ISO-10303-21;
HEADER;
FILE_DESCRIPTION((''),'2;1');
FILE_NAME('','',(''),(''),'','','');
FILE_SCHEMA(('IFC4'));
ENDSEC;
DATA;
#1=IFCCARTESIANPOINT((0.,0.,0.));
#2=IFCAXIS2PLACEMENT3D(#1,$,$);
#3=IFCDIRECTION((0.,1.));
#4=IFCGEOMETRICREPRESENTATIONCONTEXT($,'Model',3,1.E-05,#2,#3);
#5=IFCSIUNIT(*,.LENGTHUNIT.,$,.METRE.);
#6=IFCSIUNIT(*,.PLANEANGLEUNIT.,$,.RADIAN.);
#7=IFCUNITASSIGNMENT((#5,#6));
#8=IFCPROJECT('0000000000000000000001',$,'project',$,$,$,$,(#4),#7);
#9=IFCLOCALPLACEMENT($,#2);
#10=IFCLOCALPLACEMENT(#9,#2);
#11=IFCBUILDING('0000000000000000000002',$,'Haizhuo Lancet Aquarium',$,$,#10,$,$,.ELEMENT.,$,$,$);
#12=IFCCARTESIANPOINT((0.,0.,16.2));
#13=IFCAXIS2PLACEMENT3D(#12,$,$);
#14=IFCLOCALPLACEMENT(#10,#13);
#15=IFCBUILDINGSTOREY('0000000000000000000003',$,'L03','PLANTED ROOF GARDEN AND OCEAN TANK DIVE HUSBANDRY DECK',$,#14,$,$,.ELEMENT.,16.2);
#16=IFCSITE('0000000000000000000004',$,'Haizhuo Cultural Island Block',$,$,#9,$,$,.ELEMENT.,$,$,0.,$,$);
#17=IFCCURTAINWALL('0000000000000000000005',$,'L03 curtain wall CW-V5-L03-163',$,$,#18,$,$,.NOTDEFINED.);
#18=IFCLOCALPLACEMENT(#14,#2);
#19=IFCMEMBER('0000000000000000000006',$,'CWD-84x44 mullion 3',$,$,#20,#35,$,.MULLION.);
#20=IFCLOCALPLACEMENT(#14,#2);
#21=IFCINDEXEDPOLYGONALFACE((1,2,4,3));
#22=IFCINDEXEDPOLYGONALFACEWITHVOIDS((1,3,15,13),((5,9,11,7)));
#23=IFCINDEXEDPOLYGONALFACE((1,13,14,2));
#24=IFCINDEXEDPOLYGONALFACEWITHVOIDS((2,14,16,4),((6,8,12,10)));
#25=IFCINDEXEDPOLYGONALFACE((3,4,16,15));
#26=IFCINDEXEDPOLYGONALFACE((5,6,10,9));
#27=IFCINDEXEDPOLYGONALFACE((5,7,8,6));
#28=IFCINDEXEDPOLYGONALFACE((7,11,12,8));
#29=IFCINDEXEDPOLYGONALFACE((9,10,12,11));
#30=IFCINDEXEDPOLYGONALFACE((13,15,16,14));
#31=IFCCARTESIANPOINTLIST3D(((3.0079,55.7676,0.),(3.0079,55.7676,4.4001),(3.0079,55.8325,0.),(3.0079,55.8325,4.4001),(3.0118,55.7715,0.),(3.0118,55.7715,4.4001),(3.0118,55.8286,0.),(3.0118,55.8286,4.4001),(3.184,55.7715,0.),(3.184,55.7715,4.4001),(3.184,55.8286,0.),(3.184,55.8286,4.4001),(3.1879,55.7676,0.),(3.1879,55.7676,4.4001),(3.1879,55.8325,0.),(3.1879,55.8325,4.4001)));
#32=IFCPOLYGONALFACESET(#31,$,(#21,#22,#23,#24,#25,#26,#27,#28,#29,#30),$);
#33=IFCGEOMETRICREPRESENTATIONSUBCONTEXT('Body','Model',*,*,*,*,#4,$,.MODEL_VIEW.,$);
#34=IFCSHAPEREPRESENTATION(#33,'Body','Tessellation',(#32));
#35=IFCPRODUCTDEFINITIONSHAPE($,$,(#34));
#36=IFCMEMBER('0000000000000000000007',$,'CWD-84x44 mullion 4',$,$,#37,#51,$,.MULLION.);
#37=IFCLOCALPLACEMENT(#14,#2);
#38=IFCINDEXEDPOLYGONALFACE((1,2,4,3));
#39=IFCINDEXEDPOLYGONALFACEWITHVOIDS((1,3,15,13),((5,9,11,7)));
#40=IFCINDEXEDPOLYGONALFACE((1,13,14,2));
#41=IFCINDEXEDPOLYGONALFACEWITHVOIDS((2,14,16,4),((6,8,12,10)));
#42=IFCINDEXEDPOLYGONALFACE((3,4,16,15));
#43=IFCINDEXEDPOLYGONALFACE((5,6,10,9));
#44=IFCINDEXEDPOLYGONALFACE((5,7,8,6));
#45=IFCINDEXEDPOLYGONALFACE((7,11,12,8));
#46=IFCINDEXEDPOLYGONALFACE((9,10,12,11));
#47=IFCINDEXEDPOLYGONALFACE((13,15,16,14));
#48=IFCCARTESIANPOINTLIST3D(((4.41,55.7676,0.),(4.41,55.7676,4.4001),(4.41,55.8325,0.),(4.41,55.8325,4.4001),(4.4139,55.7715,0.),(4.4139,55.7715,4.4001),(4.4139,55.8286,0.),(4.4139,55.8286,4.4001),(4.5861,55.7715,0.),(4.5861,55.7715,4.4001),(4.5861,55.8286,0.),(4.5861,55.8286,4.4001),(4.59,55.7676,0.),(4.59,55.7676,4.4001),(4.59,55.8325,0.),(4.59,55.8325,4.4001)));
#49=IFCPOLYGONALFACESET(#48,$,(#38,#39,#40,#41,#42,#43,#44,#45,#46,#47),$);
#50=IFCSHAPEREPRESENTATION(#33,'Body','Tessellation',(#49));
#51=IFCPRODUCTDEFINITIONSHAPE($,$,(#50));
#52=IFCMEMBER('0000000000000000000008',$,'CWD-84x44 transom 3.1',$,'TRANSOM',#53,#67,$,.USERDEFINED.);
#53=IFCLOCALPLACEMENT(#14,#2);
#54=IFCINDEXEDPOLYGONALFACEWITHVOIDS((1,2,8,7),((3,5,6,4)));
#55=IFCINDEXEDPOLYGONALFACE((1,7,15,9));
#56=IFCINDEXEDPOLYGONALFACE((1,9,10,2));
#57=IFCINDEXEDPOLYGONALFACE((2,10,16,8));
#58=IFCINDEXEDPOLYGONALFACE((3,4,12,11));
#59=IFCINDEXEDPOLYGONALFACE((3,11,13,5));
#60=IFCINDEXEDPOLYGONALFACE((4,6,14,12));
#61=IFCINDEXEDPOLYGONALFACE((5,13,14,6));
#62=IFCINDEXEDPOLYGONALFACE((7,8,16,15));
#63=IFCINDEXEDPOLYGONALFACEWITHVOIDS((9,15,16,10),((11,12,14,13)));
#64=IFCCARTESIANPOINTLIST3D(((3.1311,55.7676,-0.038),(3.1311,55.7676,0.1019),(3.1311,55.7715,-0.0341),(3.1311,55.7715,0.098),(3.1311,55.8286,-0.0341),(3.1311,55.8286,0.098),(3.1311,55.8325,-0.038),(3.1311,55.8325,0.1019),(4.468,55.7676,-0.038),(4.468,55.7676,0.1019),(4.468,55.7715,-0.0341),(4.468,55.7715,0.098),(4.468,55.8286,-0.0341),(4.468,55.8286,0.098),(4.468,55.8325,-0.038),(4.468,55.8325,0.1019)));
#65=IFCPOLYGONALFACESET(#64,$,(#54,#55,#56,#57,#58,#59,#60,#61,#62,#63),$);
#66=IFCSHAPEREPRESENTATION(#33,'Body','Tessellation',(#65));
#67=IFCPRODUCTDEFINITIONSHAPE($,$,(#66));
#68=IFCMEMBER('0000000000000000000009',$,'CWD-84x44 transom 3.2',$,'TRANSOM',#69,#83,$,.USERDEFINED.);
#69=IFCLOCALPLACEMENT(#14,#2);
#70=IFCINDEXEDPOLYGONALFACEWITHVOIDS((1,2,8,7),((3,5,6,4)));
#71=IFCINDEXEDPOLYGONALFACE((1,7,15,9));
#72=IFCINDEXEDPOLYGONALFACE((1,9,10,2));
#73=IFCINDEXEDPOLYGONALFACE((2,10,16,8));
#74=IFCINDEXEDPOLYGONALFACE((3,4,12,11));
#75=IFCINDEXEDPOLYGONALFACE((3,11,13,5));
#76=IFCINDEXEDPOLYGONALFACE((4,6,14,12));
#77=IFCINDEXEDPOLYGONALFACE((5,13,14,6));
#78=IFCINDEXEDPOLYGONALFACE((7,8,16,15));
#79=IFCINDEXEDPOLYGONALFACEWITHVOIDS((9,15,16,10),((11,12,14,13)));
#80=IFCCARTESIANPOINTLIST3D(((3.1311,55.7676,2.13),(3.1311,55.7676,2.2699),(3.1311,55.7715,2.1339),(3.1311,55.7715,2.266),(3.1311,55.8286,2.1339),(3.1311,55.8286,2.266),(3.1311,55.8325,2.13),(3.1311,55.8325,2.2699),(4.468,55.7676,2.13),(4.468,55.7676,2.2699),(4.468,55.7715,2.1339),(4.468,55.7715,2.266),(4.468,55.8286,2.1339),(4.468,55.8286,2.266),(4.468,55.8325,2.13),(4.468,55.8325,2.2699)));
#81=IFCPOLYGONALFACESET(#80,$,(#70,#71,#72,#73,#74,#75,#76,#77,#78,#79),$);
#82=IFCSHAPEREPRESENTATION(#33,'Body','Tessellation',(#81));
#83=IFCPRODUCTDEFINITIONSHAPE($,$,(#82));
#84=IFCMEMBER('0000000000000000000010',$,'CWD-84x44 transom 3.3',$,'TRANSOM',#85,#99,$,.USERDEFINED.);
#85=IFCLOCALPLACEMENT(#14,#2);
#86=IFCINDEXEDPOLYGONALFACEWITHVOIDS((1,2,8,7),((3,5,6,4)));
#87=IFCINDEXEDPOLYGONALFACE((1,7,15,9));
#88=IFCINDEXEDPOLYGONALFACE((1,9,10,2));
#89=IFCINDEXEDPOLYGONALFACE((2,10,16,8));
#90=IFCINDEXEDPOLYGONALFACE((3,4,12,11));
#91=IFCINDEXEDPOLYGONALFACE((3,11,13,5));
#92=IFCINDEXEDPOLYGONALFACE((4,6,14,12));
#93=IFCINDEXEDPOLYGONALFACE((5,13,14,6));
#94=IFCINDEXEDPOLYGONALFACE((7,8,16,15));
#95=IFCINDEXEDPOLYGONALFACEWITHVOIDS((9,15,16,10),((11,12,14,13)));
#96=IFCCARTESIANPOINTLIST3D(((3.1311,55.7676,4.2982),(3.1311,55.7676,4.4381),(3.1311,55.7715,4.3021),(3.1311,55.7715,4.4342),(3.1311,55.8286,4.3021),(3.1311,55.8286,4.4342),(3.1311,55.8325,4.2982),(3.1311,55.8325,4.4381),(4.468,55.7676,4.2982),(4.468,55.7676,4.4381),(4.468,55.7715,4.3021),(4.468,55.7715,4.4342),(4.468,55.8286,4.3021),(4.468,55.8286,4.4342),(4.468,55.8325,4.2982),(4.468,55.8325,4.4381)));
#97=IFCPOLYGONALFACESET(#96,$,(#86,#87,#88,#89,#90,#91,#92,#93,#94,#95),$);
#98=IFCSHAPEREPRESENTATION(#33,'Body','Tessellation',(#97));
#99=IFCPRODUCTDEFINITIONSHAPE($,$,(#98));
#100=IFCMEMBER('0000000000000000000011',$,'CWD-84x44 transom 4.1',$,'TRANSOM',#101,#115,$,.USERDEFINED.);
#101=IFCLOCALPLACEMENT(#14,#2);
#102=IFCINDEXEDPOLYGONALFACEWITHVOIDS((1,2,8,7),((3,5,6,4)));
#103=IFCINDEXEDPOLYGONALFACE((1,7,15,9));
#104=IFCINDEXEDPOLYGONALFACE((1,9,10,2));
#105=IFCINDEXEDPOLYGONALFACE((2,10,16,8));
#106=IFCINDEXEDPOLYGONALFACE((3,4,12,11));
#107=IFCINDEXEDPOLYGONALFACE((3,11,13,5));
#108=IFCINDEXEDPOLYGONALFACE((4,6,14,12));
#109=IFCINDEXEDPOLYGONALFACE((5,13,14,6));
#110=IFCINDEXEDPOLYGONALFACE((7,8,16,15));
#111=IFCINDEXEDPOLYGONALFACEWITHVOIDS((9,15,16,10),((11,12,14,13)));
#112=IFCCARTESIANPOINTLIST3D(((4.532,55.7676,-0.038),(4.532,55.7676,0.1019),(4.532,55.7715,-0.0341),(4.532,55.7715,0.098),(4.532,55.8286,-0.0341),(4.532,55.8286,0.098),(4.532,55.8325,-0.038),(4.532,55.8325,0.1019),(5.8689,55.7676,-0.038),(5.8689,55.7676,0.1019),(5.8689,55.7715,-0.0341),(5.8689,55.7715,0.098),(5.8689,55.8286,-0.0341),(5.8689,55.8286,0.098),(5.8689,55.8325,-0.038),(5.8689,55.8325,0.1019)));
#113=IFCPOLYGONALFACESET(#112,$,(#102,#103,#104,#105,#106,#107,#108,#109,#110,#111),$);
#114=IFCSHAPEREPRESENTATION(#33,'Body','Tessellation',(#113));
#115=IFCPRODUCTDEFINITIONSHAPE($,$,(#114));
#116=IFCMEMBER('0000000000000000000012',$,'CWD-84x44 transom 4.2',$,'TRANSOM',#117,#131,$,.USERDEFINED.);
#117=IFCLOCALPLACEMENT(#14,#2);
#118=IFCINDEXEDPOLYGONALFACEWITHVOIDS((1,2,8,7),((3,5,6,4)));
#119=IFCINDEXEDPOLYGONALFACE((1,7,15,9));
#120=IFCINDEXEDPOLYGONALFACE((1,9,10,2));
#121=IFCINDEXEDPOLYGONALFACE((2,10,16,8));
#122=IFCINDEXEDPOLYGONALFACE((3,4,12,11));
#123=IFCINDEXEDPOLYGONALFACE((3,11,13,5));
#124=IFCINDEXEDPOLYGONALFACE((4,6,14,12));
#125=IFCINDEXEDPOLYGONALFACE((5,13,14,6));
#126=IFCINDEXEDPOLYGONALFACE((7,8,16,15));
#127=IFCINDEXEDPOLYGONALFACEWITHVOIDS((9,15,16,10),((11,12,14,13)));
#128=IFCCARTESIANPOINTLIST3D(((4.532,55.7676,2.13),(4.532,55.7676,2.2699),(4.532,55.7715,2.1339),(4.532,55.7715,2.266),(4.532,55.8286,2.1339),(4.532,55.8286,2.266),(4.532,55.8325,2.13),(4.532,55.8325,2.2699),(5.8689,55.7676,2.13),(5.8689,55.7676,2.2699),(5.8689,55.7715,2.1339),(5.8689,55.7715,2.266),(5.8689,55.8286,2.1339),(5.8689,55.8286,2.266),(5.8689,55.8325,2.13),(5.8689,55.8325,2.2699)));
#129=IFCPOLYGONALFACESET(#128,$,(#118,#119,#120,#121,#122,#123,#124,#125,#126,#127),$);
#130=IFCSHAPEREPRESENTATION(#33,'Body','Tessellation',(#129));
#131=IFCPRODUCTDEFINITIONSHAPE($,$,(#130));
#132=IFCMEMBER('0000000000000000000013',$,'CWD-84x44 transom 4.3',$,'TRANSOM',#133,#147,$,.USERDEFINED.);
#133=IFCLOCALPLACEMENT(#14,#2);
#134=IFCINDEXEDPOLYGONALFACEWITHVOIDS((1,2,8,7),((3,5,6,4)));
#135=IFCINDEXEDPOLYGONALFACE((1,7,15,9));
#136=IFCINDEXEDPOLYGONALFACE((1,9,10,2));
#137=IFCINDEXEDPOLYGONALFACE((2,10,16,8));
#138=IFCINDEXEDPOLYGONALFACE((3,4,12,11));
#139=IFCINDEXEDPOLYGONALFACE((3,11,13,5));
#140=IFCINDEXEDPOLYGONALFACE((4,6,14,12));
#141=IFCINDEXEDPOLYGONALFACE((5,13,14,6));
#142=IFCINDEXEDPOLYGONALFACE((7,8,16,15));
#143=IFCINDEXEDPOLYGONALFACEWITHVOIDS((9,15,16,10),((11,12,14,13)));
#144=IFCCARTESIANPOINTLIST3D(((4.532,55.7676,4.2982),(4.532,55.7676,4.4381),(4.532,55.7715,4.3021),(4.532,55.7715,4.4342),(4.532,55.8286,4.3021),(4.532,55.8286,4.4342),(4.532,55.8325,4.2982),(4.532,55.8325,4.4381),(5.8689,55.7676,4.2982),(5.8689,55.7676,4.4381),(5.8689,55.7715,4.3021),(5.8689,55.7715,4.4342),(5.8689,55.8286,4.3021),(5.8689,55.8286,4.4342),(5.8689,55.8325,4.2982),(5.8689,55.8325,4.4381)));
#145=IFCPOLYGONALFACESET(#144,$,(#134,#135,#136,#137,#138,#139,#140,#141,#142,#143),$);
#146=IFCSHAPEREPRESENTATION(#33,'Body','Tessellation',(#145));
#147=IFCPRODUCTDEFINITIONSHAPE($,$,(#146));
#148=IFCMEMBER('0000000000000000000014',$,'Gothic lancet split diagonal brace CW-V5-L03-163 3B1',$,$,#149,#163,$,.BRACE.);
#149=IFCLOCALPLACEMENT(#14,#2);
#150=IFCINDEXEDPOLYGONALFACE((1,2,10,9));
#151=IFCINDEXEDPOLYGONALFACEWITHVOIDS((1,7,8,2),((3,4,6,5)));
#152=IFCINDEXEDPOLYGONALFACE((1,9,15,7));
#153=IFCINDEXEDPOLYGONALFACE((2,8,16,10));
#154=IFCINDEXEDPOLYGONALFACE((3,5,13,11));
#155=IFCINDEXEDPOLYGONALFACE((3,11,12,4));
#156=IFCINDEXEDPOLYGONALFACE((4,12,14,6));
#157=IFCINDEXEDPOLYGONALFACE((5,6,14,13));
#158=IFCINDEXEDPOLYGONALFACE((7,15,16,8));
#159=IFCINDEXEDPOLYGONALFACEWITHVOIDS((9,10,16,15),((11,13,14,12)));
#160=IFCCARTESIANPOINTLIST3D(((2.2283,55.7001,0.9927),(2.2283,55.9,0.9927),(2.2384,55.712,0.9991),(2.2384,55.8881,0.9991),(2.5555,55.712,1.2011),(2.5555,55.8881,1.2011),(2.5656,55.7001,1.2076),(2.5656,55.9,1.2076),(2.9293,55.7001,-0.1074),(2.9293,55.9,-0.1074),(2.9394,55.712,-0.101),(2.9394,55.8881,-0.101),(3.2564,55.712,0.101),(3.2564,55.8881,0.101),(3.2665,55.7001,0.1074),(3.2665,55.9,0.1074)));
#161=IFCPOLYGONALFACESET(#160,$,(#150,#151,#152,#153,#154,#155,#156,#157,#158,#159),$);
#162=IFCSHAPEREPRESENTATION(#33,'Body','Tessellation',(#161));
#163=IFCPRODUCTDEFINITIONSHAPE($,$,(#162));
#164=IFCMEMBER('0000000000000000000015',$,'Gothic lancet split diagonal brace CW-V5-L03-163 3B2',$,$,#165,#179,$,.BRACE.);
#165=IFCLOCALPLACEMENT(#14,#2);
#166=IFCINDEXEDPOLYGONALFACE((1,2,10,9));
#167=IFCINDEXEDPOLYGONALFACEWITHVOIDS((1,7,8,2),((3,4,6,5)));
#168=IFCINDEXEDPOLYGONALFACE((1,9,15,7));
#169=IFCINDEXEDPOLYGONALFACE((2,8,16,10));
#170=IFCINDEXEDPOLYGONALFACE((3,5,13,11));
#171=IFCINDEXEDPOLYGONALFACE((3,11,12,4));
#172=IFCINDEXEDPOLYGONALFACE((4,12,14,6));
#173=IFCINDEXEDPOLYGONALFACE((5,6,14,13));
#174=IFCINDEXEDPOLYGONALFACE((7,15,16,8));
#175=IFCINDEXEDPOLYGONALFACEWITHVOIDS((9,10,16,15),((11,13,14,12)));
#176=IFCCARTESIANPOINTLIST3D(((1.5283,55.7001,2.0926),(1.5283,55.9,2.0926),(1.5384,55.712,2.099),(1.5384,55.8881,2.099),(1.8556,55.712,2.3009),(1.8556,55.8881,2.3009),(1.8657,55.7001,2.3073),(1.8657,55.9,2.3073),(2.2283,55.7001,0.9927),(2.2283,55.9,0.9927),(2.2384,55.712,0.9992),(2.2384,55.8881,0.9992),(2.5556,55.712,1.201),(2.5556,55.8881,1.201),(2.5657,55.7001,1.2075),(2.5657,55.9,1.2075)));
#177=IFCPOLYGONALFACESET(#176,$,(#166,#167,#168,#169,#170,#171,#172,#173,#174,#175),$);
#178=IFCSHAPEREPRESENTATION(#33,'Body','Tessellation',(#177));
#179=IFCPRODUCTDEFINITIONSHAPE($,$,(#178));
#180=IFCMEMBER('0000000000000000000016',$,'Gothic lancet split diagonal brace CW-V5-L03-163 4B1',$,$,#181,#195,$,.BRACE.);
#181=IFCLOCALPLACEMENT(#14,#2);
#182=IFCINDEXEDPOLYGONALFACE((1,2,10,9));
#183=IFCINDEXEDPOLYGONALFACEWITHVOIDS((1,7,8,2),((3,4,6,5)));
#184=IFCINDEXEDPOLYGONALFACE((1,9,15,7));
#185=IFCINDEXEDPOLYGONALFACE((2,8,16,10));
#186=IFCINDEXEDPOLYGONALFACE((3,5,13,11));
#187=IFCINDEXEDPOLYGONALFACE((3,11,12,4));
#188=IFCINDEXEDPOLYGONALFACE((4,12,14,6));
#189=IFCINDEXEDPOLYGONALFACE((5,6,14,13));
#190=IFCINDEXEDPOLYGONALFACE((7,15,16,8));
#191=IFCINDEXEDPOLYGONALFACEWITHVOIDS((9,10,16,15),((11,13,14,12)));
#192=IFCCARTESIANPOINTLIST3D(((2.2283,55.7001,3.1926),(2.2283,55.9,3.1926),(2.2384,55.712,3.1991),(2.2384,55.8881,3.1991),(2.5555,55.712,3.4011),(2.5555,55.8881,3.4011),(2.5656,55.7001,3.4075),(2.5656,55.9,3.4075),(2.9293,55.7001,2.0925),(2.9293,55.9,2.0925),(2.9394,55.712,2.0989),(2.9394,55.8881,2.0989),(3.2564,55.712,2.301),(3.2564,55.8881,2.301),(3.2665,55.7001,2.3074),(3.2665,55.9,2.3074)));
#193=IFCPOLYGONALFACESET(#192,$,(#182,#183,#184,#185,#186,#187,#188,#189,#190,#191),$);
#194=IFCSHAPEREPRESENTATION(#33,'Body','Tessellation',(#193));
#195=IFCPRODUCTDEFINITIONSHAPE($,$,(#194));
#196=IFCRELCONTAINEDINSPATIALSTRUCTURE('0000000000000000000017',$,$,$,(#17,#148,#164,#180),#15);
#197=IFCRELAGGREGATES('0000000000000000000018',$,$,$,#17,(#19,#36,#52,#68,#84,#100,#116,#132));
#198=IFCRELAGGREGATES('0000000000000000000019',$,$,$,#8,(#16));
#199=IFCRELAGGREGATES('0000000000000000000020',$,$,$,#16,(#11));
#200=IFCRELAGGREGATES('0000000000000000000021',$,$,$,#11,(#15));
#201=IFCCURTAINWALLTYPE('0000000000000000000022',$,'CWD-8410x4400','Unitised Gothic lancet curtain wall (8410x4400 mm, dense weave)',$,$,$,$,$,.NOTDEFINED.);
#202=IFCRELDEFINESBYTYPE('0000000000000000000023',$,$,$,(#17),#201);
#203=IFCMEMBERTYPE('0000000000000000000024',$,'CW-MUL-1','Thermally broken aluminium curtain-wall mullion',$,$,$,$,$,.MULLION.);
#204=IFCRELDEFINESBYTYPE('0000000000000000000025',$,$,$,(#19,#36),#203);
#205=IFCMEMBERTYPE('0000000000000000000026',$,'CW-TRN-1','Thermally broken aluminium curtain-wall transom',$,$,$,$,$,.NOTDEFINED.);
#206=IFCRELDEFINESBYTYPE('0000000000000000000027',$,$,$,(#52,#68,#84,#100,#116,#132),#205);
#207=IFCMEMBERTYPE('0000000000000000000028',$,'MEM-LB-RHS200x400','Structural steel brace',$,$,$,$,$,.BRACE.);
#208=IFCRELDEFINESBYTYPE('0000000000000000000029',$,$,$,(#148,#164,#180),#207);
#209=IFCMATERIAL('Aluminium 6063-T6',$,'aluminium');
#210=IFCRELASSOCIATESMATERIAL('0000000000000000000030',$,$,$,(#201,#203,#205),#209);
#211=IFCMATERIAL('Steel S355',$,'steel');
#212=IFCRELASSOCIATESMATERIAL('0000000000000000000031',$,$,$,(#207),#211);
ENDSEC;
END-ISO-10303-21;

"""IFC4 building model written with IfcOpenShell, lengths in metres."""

from ifc_helpers import new_model, si_unit, direction, frame, origin, origin_2d, place, context, subcontext, project, spatial, hollow_rectangle, extrude, material, material_profile, profile_set, type_object, element, aggregate, save


model = new_model("IFC4")

# Units and contexts
model_context = context("Model", 3, precision=1e-05, world=origin(), true_north=direction((0.0, 1.0)))
body_context = subcontext(model_context, "Body", "Model", "MODEL_VIEW")
ifc_project = project(units=[si_unit("LENGTHUNIT", "METRE"), si_unit("PLANEANGLEUNIT", "RADIAN")], contexts=[model_context])

# Site, building, storey
site_placement = place(None, origin())
site = spatial("IfcSite", under=ifc_project, at=site_placement, Name="Haizhuo Cultural Island Block", CompositionType="ELEMENT", RefElevation=0.0)
building_placement = place(site_placement, origin())
building = spatial("IfcBuilding", under=site, at=building_placement, Name="Haizhuo Lancet Aquarium", CompositionType="ELEMENT")
storey_placement = place(building_placement, frame((0.0, 0.0, 16.2)))
storey = spatial("IfcBuildingStorey", under=building, at=storey_placement, Name="L03", Description="PLANTED ROOF GARDEN AND OCEAN TANK DIVE HUSBANDRY DECK", CompositionType="ELEMENT", Elevation=16.2)

# Curtain wall, members
ifc_material_1 = material(Name="Aluminium 6063-T6", Category="aluminium")
curtain_wall_type = type_object("IfcCurtainWallType", Name="CWD-8410x4400", Description="Unitised Gothic lancet curtain wall (8410x4400 mm, dense weave)", PredefinedType="NOTDEFINED", material=ifc_material_1)
curtain_wall_placement = place(storey_placement, origin())
curtain_wall = element("IfcCurtainWall", 1, at=curtain_wall_placement, inside=storey, type_object=curtain_wall_type, Name="L03 curtain wall CW-V5-L03-163", PredefinedType="NOTDEFINED")
ifc_material_profile_1 = material_profile(ifc_material_1, hollow_rectangle(XDim=0.0649, YDim=0.1799, WallThickness=0.0039, at=origin_2d()), Name="ALU-M 65x180x4")
ifc_profile_set_1 = profile_set([ifc_material_profile_1], Name="Aluminium 6063-T6")
member_type_1 = type_object("IfcMemberType", Name="CW-MUL-1", Description="Thermally broken aluminium curtain-wall mullion", PredefinedType="MULLION", material=ifc_profile_set_1)
member_1_placement = place(storey_placement, frame((3.0979, 55.8, 0.0), z_axis=(0.0, 0.0, 1.0), x_axis=(0.0, 1.0, 0.0)))
member_1 = element("IfcMember", 2, at=member_1_placement, type_object=member_type_1, Name="CWD-84x44 mullion 3", PredefinedType="MULLION", context=body_context, shape_type="SweptSolid", body=[
    extrude(hollow_rectangle(XDim=0.0649, YDim=0.1799, WallThickness=0.0039, at=origin_2d()), origin(), (0.0, 0.0, 1.0), 4.4001),
])
member_2_placement = place(storey_placement, frame((4.5, 55.8, 0.0), z_axis=(0.0, 0.0, 1.0), x_axis=(0.0, 1.0, 0.0)))
member_2 = element("IfcMember", 3, at=member_2_placement, type_object=member_type_1, Name="CWD-84x44 mullion 4", PredefinedType="MULLION", context=body_context, shape_type="SweptSolid", body=[
    extrude(hollow_rectangle(XDim=0.0649, YDim=0.1799, WallThickness=0.0039, at=origin_2d()), origin(), (0.0, 0.0, 1.0), 4.4001),
])
ifc_material_profile_2 = material_profile(ifc_material_1, hollow_rectangle(XDim=0.0649, YDim=0.1399, WallThickness=0.0039, at=origin_2d()), Name="ALU-T 65x140x4")
ifc_profile_set_2 = profile_set([ifc_material_profile_2], Name="Aluminium 6063-T6")
member_type_2 = type_object("IfcMemberType", Name="CW-TRN-1", Description="Thermally broken aluminium curtain-wall transom", PredefinedType="NOTDEFINED", material=ifc_profile_set_2)
member_3_placement = place(storey_placement, frame((3.1311, 55.8, 0.032), z_axis=(1.0, 0.0, 0.0), x_axis=(0.0, 1.0, 0.0)))
member_3 = element("IfcMember", 4, at=member_3_placement, type_object=member_type_2, Name="CWD-84x44 transom 3.1", ObjectType="TRANSOM", PredefinedType="USERDEFINED", context=body_context, shape_type="SweptSolid", body=[
    extrude(hollow_rectangle(XDim=0.0649, YDim=0.1399, WallThickness=0.0039, at=origin_2d()), origin(), (0.0, 0.0, 1.0), 1.3369),
])
member_4_placement = place(storey_placement, frame((3.1311, 55.8, 2.2), z_axis=(1.0, 0.0, 0.0), x_axis=(0.0, 1.0, 0.0)))
member_4 = element("IfcMember", 5, at=member_4_placement, type_object=member_type_2, Name="CWD-84x44 transom 3.2", ObjectType="TRANSOM", PredefinedType="USERDEFINED", context=body_context, shape_type="SweptSolid", body=[
    extrude(hollow_rectangle(XDim=0.0649, YDim=0.1399, WallThickness=0.0039, at=origin_2d()), origin(), (0.0, 0.0, 1.0), 1.3369),
])
member_5_placement = place(storey_placement, frame((3.1311, 55.8, 4.3682), z_axis=(1.0, 0.0, 0.0), x_axis=(0.0, 1.0, 0.0)))
member_5 = element("IfcMember", 6, at=member_5_placement, type_object=member_type_2, Name="CWD-84x44 transom 3.3", ObjectType="TRANSOM", PredefinedType="USERDEFINED", context=body_context, shape_type="SweptSolid", body=[
    extrude(hollow_rectangle(XDim=0.0649, YDim=0.1399, WallThickness=0.0039, at=origin_2d()), origin(), (0.0, 0.0, 1.0), 1.3369),
])
member_6_placement = place(storey_placement, frame((4.532, 55.8, 0.032), z_axis=(1.0, 0.0, 0.0), x_axis=(0.0, 1.0, 0.0)))
member_6 = element("IfcMember", 7, at=member_6_placement, type_object=member_type_2, Name="CWD-84x44 transom 4.1", ObjectType="TRANSOM", PredefinedType="USERDEFINED", context=body_context, shape_type="SweptSolid", body=[
    extrude(hollow_rectangle(XDim=0.0649, YDim=0.1399, WallThickness=0.0039, at=origin_2d()), origin(), (0.0, 0.0, 1.0), 1.3369),
])
member_7_placement = place(storey_placement, frame((4.532, 55.8, 2.2), z_axis=(1.0, 0.0, 0.0), x_axis=(0.0, 1.0, 0.0)))
member_7 = element("IfcMember", 8, at=member_7_placement, type_object=member_type_2, Name="CWD-84x44 transom 4.2", ObjectType="TRANSOM", PredefinedType="USERDEFINED", context=body_context, shape_type="SweptSolid", body=[
    extrude(hollow_rectangle(XDim=0.0649, YDim=0.1399, WallThickness=0.0039, at=origin_2d()), origin(), (0.0, 0.0, 1.0), 1.3369),
])
member_8_placement = place(storey_placement, frame((4.532, 55.8, 4.3682), z_axis=(1.0, 0.0, 0.0), x_axis=(0.0, 1.0, 0.0)))
member_8 = element("IfcMember", 9, at=member_8_placement, type_object=member_type_2, Name="CWD-84x44 transom 4.3", ObjectType="TRANSOM", PredefinedType="USERDEFINED", context=body_context, shape_type="SweptSolid", body=[
    extrude(hollow_rectangle(XDim=0.0649, YDim=0.1399, WallThickness=0.0039, at=origin_2d()), origin(), (0.0, 0.0, 1.0), 1.3369),
])

# Members
ifc_material_2 = material(Name="Steel S355", Category="steel")
ifc_material_profile_3 = material_profile(ifc_material_2, hollow_rectangle(XDim=0.2, YDim=0.3999, WallThickness=0.012, at=origin_2d()), Name="RHS 200x400x12")
ifc_profile_set_3 = profile_set([ifc_material_profile_3], Name="Steel S355")
member_type_3 = type_object("IfcMemberType", Name="MEM-LB-RHS200x400", Description="Structural steel brace", PredefinedType="BRACE", material=ifc_profile_set_3)
member_9_placement = place(storey_placement, frame((3.0979, 55.8, 0.0), z_axis=(-0.537348, 0.0, 0.843361), x_axis=(0.0, -1.0, 0.0)))
element("IfcMember", 10, at=member_9_placement, inside=storey, type_object=member_type_3, Name="Gothic lancet split diagonal brace CW-V5-L03-163 3B1", PredefinedType="BRACE", context=body_context, shape_type="SweptSolid", body=[
    extrude(hollow_rectangle(XDim=0.2, YDim=0.3999, WallThickness=0.012, at=origin_2d()), origin(), (0.0, 0.0, 1.0), 1.3044),
])
member_10_placement = place(storey_placement, frame((2.397, 55.8, 1.1001), z_axis=(-0.5369, 0.0, 0.843646), x_axis=(0.0, -1.0, 0.0)))
element("IfcMember", 11, at=member_10_placement, inside=storey, type_object=member_type_3, Name="Gothic lancet split diagonal brace CW-V5-L03-163 3B2", PredefinedType="BRACE", context=body_context, shape_type="SweptSolid", body=[
    extrude(hollow_rectangle(XDim=0.2, YDim=0.3999, WallThickness=0.012, at=origin_2d()), origin(), (0.0, 0.0, 1.0), 1.3037),
])
member_11_placement = place(storey_placement, frame((3.0979, 55.8, 2.2), z_axis=(-0.537348, 0.0, 0.843361), x_axis=(0.0, -1.0, 0.0)))
element("IfcMember", 12, at=member_11_placement, inside=storey, type_object=member_type_3, Name="Gothic lancet split diagonal brace CW-V5-L03-163 4B1", PredefinedType="BRACE", context=body_context, shape_type="SweptSolid", body=[
    extrude(hollow_rectangle(XDim=0.2, YDim=0.3999, WallThickness=0.012, at=origin_2d()), origin(), (0.0, 0.0, 1.0), 1.3044),
])

aggregate(curtain_wall, [member_1, member_2, member_3, member_4, member_5, member_6, member_7, member_8])

save(model, "model.ifc")
